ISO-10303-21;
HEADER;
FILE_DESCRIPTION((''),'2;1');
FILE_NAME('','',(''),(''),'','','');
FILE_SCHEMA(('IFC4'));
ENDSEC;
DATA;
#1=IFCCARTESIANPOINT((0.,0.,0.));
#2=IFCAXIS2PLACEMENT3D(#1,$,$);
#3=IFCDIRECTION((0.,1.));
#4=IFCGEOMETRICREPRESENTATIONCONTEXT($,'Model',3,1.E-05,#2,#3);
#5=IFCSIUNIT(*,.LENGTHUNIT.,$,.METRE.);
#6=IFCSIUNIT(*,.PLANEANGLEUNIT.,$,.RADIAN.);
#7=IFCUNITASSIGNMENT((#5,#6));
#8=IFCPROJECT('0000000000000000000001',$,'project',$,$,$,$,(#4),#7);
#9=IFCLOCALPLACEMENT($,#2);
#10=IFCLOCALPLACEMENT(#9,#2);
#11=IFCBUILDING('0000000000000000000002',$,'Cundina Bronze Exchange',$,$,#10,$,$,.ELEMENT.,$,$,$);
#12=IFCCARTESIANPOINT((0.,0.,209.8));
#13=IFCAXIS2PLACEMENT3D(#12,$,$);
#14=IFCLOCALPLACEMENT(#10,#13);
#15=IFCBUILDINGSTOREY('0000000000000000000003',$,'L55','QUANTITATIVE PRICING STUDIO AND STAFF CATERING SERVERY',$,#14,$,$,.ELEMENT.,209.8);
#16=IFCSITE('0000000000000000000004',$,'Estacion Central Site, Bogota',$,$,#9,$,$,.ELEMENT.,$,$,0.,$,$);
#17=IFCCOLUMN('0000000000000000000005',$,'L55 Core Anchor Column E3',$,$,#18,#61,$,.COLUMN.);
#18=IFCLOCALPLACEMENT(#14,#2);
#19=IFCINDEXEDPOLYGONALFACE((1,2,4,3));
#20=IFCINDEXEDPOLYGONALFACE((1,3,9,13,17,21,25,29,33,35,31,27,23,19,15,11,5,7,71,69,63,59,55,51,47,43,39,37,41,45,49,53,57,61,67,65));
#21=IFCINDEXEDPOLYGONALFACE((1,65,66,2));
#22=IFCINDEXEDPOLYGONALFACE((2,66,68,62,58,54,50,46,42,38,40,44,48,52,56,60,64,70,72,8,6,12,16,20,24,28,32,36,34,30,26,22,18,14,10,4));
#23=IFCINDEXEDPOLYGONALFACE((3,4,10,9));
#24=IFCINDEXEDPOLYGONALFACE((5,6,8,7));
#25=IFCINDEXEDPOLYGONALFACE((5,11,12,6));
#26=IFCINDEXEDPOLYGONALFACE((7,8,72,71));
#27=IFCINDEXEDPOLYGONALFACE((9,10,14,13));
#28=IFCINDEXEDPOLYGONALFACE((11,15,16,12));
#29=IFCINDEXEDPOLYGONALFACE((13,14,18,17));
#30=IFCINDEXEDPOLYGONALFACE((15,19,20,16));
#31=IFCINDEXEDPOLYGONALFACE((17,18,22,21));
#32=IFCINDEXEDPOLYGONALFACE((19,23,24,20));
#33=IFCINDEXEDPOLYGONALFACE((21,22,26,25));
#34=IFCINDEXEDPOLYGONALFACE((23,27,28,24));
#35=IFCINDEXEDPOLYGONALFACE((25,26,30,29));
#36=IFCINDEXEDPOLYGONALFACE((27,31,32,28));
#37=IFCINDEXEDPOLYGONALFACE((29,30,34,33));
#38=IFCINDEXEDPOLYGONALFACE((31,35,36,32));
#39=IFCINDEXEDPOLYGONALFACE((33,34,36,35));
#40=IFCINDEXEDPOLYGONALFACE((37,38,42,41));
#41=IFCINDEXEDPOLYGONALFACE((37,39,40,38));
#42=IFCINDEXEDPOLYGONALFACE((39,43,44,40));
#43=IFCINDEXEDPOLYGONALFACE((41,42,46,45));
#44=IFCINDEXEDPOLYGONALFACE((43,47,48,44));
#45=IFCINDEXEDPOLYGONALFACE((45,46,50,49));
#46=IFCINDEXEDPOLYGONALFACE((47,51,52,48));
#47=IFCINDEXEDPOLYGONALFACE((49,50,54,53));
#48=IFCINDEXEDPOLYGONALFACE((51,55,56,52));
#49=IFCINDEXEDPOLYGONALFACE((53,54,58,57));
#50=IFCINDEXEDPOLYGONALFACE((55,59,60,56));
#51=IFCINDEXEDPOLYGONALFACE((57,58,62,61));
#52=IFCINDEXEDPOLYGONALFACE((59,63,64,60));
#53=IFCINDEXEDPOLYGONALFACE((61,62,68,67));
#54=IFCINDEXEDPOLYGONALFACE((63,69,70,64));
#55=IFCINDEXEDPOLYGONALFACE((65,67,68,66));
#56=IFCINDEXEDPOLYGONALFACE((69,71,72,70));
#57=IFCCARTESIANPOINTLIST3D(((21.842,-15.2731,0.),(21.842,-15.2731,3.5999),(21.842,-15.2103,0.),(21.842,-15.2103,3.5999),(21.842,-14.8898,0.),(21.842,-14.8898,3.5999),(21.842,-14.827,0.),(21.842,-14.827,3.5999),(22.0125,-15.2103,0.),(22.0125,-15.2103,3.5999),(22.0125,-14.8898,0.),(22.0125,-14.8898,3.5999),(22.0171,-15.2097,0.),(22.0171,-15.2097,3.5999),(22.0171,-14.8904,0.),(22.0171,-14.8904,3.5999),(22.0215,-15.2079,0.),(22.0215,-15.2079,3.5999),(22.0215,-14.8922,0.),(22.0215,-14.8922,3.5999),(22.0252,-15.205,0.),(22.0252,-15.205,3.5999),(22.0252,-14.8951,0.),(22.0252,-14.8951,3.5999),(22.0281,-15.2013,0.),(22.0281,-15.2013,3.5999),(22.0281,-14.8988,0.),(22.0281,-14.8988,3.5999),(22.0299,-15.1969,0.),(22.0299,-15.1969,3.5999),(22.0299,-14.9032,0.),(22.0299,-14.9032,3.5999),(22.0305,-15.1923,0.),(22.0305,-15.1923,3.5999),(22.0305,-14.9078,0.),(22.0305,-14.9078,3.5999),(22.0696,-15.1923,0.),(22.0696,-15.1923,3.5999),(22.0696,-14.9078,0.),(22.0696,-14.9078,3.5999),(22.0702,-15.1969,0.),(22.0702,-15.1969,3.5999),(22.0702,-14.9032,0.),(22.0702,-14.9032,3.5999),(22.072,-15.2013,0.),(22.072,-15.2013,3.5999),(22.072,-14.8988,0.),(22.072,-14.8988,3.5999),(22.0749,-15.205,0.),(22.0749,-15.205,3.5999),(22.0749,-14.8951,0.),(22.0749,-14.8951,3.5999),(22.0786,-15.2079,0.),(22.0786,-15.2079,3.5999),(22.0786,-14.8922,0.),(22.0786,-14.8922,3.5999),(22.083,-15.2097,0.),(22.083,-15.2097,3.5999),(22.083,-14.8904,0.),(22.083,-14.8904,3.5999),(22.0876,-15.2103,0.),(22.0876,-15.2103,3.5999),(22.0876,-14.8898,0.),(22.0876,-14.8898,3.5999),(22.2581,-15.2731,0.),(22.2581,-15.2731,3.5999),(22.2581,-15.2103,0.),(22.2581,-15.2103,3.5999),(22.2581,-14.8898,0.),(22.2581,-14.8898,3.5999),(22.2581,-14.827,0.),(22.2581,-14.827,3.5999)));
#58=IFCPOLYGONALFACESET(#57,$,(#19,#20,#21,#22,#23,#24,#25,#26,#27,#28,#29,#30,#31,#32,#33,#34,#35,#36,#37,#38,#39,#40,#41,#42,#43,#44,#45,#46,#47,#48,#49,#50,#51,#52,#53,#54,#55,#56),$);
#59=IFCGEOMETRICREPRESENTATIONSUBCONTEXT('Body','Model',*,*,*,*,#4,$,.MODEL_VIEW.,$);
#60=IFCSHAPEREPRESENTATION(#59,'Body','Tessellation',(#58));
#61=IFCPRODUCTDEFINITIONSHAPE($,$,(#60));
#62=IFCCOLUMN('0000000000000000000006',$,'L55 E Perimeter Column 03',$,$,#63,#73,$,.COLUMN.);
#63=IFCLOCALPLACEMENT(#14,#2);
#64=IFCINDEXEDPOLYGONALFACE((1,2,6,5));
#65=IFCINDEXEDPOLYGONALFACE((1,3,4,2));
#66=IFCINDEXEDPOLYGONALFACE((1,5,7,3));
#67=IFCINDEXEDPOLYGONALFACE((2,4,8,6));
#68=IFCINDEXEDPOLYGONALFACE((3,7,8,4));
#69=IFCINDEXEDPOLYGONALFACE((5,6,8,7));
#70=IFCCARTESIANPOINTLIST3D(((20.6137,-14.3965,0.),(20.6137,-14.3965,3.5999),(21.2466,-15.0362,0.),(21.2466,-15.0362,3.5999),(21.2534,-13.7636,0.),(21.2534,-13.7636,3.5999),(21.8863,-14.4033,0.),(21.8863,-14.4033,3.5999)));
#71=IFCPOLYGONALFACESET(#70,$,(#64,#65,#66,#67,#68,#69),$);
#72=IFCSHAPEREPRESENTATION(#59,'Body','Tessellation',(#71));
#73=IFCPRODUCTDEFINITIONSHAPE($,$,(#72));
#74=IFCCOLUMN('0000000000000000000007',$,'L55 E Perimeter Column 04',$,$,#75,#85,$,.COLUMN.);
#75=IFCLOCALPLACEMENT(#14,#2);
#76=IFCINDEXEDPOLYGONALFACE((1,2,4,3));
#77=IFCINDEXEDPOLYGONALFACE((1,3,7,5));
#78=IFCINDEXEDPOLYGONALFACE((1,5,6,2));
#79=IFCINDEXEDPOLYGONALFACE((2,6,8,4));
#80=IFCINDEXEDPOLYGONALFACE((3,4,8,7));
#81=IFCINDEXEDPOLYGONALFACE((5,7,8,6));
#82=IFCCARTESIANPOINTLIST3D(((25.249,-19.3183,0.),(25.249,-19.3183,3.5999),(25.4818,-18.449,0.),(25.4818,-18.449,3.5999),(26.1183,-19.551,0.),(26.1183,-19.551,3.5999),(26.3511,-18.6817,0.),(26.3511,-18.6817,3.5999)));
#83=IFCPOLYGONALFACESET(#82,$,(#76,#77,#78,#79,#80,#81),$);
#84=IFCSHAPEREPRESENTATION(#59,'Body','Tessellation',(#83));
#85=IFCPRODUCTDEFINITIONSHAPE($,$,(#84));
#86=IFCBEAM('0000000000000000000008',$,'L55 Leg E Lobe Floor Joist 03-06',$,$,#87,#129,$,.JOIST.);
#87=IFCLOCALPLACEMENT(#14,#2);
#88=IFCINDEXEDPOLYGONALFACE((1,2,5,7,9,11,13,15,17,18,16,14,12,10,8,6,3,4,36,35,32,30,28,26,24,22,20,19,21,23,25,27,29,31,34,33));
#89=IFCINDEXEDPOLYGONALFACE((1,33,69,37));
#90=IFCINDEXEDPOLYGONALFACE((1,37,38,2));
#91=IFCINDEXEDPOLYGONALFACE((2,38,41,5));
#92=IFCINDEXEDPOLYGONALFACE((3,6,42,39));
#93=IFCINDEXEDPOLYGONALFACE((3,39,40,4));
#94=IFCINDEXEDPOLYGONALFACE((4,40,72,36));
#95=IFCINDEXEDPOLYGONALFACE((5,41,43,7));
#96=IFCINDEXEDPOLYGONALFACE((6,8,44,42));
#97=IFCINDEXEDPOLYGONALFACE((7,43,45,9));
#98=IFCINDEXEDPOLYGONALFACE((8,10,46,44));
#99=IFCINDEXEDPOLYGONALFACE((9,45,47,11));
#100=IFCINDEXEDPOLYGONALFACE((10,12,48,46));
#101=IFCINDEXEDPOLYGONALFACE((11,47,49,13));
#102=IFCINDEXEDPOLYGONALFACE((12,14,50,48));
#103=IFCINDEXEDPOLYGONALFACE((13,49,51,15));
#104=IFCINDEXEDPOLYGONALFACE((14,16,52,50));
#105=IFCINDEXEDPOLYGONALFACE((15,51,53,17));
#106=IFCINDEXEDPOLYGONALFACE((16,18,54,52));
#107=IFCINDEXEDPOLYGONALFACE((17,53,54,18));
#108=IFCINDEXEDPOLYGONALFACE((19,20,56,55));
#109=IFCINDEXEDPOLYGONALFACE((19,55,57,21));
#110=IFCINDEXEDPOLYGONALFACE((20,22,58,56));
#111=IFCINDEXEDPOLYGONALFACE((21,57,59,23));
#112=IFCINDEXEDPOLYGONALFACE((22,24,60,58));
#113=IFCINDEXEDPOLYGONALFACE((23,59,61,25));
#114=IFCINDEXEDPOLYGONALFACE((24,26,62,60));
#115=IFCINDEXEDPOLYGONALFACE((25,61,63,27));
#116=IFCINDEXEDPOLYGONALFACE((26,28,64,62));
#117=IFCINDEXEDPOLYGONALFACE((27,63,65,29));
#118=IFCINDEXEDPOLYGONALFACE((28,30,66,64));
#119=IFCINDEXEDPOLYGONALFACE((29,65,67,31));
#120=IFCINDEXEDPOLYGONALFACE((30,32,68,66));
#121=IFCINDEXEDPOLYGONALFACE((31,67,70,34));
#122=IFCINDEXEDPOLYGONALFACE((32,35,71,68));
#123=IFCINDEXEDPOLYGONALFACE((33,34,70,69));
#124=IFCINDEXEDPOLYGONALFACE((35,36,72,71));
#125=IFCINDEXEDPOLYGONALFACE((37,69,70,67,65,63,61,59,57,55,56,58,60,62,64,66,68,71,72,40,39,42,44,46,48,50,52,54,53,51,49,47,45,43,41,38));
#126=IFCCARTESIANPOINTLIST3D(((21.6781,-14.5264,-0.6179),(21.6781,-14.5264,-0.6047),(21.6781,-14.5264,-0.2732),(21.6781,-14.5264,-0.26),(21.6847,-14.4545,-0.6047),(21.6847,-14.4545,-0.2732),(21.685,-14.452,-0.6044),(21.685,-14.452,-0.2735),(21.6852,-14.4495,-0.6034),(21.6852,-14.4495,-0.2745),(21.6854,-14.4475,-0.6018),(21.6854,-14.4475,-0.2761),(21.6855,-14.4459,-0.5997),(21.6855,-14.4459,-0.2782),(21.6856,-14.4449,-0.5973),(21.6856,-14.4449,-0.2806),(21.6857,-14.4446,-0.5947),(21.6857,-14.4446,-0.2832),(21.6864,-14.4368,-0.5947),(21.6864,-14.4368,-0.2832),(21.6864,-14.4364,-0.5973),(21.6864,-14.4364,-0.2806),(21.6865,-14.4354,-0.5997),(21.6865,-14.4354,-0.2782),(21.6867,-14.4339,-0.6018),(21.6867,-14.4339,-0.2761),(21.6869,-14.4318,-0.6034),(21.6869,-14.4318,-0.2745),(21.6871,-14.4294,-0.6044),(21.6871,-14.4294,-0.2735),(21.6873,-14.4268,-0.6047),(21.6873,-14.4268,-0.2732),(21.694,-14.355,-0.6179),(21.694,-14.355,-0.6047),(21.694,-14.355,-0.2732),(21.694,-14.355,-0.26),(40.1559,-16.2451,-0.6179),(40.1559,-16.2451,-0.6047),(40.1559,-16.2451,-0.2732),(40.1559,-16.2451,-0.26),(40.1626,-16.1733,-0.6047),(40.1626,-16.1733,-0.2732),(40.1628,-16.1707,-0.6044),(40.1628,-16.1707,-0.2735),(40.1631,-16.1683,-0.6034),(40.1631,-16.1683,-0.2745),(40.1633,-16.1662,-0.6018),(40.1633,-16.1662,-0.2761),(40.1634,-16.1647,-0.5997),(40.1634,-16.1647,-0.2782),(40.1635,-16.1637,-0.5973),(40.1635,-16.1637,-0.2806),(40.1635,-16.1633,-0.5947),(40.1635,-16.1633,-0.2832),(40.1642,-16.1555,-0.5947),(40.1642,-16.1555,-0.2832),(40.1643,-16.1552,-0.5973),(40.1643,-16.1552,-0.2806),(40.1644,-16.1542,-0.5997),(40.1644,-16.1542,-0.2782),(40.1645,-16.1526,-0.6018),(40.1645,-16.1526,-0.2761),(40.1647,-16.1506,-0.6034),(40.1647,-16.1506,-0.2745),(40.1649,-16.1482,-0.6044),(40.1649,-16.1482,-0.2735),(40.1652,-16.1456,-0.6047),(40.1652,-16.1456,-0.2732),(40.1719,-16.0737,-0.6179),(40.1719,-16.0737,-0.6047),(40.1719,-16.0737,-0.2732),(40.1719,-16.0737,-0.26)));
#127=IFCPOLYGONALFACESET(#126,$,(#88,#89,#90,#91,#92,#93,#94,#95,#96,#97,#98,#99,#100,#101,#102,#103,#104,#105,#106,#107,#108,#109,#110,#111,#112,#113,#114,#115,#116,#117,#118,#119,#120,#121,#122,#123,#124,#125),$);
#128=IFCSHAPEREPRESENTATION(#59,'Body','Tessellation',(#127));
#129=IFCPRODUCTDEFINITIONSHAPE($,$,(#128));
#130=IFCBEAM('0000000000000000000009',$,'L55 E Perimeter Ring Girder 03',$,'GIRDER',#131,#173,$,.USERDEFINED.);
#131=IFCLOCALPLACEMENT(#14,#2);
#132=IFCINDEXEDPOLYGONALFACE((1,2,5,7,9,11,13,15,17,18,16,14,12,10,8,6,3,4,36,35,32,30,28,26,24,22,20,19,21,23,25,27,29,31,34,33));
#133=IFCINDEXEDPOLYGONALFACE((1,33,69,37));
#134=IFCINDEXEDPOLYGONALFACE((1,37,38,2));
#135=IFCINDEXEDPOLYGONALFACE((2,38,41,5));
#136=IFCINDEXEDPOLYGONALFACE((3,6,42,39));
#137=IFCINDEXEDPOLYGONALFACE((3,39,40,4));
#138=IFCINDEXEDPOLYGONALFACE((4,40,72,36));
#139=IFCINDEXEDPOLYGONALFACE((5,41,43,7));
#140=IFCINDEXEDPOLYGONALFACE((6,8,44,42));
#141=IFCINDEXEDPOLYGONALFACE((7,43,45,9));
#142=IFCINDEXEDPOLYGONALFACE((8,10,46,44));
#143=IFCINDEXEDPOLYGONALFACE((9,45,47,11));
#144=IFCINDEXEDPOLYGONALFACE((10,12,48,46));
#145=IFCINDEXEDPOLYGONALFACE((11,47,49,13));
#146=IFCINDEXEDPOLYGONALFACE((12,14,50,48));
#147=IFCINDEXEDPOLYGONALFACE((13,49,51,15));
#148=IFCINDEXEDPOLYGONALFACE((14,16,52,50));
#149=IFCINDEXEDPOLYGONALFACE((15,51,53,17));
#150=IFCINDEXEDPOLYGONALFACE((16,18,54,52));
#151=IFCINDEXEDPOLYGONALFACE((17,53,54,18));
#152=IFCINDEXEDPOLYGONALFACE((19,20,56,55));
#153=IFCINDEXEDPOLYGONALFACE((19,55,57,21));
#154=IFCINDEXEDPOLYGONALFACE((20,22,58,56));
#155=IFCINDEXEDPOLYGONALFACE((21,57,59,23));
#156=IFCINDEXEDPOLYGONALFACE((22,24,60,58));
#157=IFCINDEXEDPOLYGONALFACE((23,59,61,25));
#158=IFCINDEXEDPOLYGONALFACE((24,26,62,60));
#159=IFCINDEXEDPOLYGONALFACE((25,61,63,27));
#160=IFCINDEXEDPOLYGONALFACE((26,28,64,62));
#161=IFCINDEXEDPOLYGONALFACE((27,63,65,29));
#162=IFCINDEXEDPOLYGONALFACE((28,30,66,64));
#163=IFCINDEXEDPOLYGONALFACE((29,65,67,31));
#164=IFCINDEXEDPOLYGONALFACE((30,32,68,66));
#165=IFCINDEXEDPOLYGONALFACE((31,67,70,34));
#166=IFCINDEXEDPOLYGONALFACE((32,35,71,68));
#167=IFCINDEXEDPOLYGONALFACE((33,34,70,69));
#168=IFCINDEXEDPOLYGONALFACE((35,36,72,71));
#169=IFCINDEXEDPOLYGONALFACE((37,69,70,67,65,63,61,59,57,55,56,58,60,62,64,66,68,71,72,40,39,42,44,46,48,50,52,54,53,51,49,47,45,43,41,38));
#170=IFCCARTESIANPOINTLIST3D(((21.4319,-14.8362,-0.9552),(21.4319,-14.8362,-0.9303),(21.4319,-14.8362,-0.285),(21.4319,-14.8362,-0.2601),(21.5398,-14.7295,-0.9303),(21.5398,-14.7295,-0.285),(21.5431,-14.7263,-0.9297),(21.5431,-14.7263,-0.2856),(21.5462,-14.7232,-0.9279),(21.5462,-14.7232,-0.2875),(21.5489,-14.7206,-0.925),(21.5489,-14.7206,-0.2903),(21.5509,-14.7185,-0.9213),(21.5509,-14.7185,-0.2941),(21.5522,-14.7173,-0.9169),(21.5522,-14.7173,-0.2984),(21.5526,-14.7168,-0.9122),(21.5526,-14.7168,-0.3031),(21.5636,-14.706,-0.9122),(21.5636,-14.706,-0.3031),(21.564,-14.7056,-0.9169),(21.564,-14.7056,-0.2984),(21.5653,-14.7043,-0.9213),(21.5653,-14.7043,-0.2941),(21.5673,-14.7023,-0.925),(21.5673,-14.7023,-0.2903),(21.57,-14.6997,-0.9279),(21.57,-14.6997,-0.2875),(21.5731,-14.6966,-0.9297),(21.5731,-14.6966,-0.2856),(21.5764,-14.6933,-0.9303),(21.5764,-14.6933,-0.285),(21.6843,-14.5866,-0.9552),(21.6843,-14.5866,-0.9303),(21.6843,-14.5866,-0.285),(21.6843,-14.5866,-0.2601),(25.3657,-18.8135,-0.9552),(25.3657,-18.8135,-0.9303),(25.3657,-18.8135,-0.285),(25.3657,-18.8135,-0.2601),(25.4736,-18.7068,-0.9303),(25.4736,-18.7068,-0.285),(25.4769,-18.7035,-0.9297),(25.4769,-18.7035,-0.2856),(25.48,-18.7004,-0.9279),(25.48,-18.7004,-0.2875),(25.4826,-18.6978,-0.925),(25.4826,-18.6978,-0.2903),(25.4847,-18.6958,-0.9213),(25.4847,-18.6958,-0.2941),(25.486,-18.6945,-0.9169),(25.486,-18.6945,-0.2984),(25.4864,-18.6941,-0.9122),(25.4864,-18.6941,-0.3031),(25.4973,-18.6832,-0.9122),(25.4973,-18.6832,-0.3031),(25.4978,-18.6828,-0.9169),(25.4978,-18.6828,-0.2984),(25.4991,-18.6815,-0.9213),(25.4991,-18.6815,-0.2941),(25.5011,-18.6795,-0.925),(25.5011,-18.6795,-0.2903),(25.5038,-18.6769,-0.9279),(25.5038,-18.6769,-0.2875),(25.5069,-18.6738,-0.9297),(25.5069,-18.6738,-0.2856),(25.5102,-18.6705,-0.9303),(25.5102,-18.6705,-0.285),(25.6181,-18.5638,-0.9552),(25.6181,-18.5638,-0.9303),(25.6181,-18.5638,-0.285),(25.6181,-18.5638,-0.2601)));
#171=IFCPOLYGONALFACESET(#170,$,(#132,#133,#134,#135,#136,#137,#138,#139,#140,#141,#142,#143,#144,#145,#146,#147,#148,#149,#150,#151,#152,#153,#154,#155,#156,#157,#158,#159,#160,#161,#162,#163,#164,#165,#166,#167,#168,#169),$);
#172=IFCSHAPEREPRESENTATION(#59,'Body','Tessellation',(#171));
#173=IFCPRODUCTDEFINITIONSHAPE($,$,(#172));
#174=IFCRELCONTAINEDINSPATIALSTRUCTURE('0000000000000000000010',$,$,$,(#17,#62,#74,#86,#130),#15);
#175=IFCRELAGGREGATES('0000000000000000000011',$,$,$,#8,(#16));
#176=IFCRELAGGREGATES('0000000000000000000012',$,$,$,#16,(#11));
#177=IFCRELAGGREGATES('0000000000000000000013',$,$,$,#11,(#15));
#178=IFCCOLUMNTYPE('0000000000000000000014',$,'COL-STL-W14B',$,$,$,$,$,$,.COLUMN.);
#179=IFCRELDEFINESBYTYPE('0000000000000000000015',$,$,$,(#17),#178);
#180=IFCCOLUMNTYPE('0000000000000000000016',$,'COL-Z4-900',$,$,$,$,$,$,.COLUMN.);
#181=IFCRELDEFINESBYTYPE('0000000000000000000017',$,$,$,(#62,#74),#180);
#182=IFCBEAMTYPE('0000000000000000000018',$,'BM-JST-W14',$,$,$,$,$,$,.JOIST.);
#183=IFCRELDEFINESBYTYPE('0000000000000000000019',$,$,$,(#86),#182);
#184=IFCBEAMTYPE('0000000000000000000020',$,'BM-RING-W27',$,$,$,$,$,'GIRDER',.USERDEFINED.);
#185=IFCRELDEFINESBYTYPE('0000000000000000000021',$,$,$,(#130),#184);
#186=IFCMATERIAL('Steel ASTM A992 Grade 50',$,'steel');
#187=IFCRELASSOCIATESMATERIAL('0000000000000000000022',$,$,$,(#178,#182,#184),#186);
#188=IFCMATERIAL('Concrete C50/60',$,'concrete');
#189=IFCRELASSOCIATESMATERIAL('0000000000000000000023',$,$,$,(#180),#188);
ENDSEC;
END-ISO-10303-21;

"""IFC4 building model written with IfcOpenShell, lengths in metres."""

from ifc_helpers import new_model, si_unit, direction, frame, origin, origin_2d, place, context, subcontext, project, spatial, rectangle, i_section, extrude, material, material_profile, profile_set, type_object, element, save


model = new_model("IFC4")

# Units and contexts
model_context = context("Model", 3, precision=1e-05, world=origin(), true_north=direction((0.0, 1.0)))
body_context = subcontext(model_context, "Body", "Model", "MODEL_VIEW")
ifc_project = project(units=[si_unit("LENGTHUNIT", "METRE"), si_unit("PLANEANGLEUNIT", "RADIAN")], contexts=[model_context])

# Site, building, storey
site_placement = place(None, origin())
site = spatial("IfcSite", under=ifc_project, at=site_placement, Name="Estacion Central Site, Bogota", CompositionType="ELEMENT", RefElevation=0.0)
building_placement = place(site_placement, origin())
building = spatial("IfcBuilding", under=site, at=building_placement, Name="Cundina Bronze Exchange", CompositionType="ELEMENT")
storey_placement = place(building_placement, frame((0.0, 0.0, 209.8)))
storey = spatial("IfcBuildingStorey", under=building, at=storey_placement, Name="L55", Description="QUANTITATIVE PRICING STUDIO AND STAFF CATERING SERVERY", CompositionType="ELEMENT", Elevation=209.8)

# Columns
ifc_material_1 = material(Name="Steel ASTM A992 Grade 50", Category="steel")
ifc_material_profile_1 = material_profile(ifc_material_1, i_section(OverallWidth=0.416, OverallDepth=0.446, WebThickness=0.0391, FlangeThickness=0.0627, FilletRadius=0.0181, at=origin_2d()), Name="W14X342", Category="steel")
ifc_profile_set_1 = profile_set([ifc_material_profile_1], Name="Steel ASTM A992 Grade 50")
column_type_1 = type_object("IfcColumnType", Name="COL-STL-W14B", PredefinedType="COLUMN", material=ifc_profile_set_1)
column_placement = place(storey_placement, frame((22.05, -15.05, 0.0), z_axis=(0.0, 0.0, 1.0), x_axis=(1.0, 0.0, 0.0)))
element("IfcColumn", 1, at=column_placement, inside=storey, type_object=column_type_1, Name="L55 Core Anchor Column E3", PredefinedType="COLUMN", context=body_context, shape_type="SweptSolid", body=[
    extrude(i_section(OverallWidth=0.416, OverallDepth=0.446, WebThickness=0.0391, FlangeThickness=0.0627, FilletRadius=0.0181, at=origin_2d()), origin(), (0.0, 0.0, 1.0), 3.5999),
])
ifc_material_2 = material(Name="Concrete C50/60", Category="concrete")
ifc_material_profile_2 = material_profile(ifc_material_2, rectangle(XDim=0.8999, YDim=0.8999, at=origin_2d()), Name="RC900X900", Category="concrete")
ifc_profile_set_2 = profile_set([ifc_material_profile_2], Name="Concrete C50/60")
column_type_2 = type_object("IfcColumnType", Name="COL-Z4-900", PredefinedType="COLUMN", material=ifc_profile_set_2)
for number, where, z_axis, x_axis, name in (
    (2, (21.25, -14.3999, 0.0), (0.0, 0.0, 1.0), (0.703271, -0.710922, 0.0), "L55 E Perimeter Column 03"),
    (3, (25.8, -19.0, 0.0), (0.0, 0.0, 1.0), (0.965971, -0.25865, 0.0), "L55 E Perimeter Column 04"),
):
    element("IfcColumn", number, at=place(storey_placement, frame(where, z_axis=z_axis, x_axis=x_axis)), inside=storey, type_object=column_type_2, Name=name, PredefinedType="COLUMN", context=body_context, shape_type="SweptSolid", body=[
        extrude(rectangle(XDim=0.8999, YDim=0.8999, at=origin_2d()), origin(), (0.0, 0.0, 1.0), 3.5999),
    ])

# Beams
ifc_material_profile_3 = material_profile(ifc_material_1, i_section(OverallWidth=0.1721, OverallDepth=0.3579, WebThickness=0.0078, FlangeThickness=0.0132, FilletRadius=0.01, at=origin_2d()), Name="W14X38", Category="steel")
ifc_profile_set_3 = profile_set([ifc_material_profile_3], Name="Steel ASTM A992 Grade 50")
beam_type_1 = type_object("IfcBeamType", Name="BM-JST-W14", PredefinedType="JOIST", material=ifc_profile_set_3)
beam_1_placement = place(storey_placement, frame((21.686, -14.4407, -0.439), z_axis=(0.995702, -0.092617, 0.0), x_axis=(0.092617, 0.995702, 0.0)))
element("IfcBeam", 4, at=beam_1_placement, inside=storey, type_object=beam_type_1, Name="L55 Leg E Lobe Floor Joist 03-06", PredefinedType="JOIST", context=body_context, shape_type="SweptSolid", body=[
    extrude(i_section(OverallWidth=0.1721, OverallDepth=0.3579, WebThickness=0.0078, FlangeThickness=0.0132, FilletRadius=0.01, at=origin_2d()), origin(), (0.0, 0.0, 1.0), 18.5576),
])
ifc_material_profile_4 = material_profile(ifc_material_1, i_section(OverallWidth=0.355, OverallDepth=0.6951, WebThickness=0.0154, FlangeThickness=0.0249, FilletRadius=0.0181, at=origin_2d()), Name="W27X146", Category="steel")
ifc_profile_set_4 = profile_set([ifc_material_profile_4], Name="Steel ASTM A992 Grade 50")
beam_type_2 = type_object("IfcBeamType", Name="BM-RING-W27", ElementType="GIRDER", PredefinedType="USERDEFINED", material=ifc_profile_set_4)
beam_2_placement = place(storey_placement, frame((21.5581, -14.7114, -0.6077), z_axis=(0.703212, -0.71098, 0.0), x_axis=(0.71098, 0.703212, 0.0)))
element("IfcBeam", 5, at=beam_2_placement, inside=storey, type_object=beam_type_2, Name="L55 E Perimeter Ring Girder 03", ObjectType="GIRDER", PredefinedType="USERDEFINED", context=body_context, shape_type="SweptSolid", body=[
    extrude(i_section(OverallWidth=0.355, OverallDepth=0.6951, WebThickness=0.0154, FlangeThickness=0.0249, FilletRadius=0.0181, at=origin_2d()), origin(), (0.0, 0.0, 1.0), 5.594),
])

save(model, "model.ifc")
